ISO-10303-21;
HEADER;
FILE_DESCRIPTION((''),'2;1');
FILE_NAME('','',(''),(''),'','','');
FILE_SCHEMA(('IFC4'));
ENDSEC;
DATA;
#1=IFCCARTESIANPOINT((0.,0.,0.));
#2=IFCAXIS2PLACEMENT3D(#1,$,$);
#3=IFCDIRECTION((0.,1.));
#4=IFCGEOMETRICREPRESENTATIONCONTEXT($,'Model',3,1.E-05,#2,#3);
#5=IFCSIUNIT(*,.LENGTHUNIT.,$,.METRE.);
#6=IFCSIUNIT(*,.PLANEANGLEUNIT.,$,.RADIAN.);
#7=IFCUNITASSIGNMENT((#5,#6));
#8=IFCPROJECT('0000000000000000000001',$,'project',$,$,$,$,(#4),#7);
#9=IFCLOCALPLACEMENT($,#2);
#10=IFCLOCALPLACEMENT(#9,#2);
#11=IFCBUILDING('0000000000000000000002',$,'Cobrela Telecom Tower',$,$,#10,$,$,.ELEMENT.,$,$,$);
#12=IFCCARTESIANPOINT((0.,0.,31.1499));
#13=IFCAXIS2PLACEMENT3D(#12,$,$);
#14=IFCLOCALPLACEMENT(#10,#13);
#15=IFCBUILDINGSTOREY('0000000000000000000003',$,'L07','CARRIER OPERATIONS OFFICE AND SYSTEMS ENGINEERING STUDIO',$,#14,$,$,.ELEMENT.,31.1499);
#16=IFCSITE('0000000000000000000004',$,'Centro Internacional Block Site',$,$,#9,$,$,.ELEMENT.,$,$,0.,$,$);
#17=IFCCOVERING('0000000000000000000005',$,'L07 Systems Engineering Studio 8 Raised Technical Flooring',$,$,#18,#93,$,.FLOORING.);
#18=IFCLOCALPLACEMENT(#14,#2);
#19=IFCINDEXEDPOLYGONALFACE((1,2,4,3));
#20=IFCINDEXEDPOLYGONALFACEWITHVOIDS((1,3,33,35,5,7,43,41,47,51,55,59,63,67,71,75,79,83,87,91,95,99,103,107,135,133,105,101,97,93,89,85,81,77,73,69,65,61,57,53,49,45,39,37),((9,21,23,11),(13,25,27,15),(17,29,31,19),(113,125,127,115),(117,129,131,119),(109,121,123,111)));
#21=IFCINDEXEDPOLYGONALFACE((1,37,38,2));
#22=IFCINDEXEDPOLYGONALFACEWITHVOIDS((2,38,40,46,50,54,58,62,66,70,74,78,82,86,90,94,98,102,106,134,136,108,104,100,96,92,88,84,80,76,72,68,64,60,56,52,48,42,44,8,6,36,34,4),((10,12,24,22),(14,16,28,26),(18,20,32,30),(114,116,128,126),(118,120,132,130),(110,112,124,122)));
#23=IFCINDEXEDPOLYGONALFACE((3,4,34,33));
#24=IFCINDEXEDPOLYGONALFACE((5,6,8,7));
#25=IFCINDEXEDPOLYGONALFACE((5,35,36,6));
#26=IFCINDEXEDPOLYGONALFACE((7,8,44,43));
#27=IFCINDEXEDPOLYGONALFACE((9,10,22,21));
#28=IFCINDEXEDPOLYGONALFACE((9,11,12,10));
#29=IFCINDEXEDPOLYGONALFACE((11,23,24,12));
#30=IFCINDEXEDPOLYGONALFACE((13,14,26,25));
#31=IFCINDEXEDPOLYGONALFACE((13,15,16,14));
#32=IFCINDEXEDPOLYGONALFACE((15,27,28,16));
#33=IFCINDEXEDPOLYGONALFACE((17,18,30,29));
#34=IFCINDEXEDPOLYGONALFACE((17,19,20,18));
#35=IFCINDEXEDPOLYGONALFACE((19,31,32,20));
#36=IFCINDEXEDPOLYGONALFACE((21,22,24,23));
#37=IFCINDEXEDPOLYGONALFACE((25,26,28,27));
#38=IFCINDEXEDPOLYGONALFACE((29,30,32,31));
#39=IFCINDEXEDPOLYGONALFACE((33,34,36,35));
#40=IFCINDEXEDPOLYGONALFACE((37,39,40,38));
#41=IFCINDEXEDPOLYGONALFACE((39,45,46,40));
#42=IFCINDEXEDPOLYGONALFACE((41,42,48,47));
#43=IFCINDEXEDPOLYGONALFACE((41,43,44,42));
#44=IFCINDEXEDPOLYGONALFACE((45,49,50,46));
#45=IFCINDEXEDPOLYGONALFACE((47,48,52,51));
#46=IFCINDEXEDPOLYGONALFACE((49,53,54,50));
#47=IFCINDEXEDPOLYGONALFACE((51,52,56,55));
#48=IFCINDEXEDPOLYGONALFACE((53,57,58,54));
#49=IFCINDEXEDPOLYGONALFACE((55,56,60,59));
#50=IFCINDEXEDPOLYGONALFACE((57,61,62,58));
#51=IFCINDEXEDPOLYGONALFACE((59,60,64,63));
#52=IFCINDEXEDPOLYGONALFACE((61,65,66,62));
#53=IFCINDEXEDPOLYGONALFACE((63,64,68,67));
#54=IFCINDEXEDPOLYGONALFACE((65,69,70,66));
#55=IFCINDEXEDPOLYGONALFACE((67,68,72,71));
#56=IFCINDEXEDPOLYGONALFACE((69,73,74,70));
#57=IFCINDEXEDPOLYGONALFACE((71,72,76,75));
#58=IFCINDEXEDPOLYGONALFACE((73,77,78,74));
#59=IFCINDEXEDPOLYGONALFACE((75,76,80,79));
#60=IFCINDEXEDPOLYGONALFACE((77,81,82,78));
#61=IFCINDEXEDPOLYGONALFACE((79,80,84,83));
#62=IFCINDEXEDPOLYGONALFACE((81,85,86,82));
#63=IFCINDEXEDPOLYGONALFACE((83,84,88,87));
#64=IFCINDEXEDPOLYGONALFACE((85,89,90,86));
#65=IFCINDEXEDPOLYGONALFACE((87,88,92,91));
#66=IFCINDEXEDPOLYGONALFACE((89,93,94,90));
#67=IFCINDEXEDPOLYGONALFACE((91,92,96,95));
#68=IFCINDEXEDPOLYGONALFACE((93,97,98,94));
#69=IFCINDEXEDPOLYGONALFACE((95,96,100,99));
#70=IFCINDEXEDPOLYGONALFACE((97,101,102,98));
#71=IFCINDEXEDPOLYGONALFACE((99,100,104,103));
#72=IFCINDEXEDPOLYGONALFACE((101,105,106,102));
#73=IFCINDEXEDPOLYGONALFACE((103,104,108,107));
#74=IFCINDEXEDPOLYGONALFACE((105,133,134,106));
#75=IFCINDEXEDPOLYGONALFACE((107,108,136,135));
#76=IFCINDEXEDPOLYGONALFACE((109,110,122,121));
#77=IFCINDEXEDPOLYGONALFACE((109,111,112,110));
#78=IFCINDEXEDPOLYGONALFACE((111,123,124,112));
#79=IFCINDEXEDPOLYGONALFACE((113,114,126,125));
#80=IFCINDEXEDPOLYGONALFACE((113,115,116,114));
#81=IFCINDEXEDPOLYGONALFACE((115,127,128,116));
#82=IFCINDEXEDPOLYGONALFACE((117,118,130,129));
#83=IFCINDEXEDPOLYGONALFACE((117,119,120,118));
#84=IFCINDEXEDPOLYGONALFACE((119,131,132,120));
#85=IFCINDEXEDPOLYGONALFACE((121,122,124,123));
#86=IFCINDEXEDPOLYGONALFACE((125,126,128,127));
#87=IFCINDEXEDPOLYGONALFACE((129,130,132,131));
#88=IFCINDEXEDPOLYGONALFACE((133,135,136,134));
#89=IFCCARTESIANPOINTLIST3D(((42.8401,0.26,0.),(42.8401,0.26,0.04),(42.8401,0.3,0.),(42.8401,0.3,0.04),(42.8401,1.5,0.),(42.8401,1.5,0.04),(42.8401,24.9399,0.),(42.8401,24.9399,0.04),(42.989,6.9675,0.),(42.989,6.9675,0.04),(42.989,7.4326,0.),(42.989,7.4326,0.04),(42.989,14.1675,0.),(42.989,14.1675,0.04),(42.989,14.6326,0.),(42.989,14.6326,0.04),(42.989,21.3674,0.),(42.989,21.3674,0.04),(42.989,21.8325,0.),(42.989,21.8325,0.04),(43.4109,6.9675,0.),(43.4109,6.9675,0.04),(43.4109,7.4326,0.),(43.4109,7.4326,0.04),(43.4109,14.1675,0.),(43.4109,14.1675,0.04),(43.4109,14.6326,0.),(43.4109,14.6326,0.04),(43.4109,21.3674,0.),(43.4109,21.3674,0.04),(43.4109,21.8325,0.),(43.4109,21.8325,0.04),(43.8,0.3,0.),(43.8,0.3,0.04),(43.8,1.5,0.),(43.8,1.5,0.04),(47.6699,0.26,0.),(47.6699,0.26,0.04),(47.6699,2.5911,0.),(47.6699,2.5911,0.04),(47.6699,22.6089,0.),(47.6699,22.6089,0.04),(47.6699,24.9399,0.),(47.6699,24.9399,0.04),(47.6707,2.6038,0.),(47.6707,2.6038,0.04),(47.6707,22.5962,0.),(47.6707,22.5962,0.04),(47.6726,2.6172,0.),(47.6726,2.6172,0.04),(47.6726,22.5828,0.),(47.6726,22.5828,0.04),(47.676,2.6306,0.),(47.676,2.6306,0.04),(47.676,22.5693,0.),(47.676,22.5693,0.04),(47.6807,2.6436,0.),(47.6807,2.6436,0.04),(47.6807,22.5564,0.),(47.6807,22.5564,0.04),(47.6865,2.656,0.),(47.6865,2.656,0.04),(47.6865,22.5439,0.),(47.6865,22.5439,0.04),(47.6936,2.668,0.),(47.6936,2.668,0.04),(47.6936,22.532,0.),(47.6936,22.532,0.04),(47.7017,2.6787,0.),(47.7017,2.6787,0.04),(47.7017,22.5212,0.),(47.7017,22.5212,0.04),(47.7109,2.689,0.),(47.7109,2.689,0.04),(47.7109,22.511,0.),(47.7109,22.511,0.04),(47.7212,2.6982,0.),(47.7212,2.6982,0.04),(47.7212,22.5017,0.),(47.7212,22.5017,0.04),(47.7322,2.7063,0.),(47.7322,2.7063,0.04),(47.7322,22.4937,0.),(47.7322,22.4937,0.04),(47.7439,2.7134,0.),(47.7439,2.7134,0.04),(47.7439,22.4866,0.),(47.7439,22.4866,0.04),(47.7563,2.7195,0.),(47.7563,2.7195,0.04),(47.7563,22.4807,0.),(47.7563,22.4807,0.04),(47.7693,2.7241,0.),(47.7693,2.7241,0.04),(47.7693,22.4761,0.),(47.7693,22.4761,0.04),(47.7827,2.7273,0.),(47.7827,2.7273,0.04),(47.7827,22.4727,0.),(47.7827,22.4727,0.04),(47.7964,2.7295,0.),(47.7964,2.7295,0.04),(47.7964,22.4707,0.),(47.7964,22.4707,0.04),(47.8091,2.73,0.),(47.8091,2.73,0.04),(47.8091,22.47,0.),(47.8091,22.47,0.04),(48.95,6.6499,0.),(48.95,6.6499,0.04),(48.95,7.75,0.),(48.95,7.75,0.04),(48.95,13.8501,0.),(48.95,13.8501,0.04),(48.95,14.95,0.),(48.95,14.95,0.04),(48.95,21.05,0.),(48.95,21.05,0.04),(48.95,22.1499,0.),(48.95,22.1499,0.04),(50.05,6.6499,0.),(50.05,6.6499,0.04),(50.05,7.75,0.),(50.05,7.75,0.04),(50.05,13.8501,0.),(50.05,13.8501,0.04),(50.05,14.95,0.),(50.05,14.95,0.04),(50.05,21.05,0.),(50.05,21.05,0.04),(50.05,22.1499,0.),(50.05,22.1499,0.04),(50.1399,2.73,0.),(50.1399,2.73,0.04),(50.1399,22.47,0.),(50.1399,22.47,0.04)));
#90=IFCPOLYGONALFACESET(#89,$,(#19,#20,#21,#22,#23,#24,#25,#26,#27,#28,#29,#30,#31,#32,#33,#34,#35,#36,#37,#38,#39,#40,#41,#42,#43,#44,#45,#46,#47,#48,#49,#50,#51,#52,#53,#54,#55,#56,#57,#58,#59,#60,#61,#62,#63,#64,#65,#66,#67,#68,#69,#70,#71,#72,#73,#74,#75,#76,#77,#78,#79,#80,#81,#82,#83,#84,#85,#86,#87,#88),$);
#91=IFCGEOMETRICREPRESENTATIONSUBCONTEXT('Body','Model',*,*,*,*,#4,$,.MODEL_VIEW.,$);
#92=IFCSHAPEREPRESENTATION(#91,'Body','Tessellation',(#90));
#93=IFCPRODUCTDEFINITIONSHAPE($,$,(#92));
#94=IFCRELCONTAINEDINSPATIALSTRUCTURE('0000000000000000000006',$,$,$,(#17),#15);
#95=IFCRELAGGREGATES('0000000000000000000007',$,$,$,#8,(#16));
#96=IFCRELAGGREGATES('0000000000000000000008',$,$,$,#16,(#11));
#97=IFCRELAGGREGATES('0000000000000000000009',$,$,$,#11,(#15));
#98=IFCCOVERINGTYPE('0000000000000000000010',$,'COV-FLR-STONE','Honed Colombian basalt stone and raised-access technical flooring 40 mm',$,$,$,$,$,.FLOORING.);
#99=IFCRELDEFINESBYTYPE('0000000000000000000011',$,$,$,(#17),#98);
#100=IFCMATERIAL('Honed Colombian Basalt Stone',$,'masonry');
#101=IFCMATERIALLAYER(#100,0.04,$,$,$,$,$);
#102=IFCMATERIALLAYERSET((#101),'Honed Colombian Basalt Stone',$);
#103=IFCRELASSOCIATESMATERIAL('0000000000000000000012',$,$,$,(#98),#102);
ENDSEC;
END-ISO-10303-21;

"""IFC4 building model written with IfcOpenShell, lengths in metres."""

from ifc_helpers import new_model, si_unit, direction, frame, origin, place, context, subcontext, project, spatial, polyline, outline, extrude, material, layer, layer_set, type_object, element, save


model = new_model("IFC4")

# Units and contexts
model_context = context("Model", 3, precision=1e-05, world=origin(), true_north=direction((0.0, 1.0)))
body_context = subcontext(model_context, "Body", "Model", "MODEL_VIEW")
ifc_project = project(units=[si_unit("LENGTHUNIT", "METRE"), si_unit("PLANEANGLEUNIT", "RADIAN")], contexts=[model_context])

# Site, building, storey
site_placement = place(None, origin())
site = spatial("IfcSite", under=ifc_project, at=site_placement, Name="Centro Internacional Block Site", CompositionType="ELEMENT", RefElevation=0.0)
building_placement = place(site_placement, origin())
building = spatial("IfcBuilding", under=site, at=building_placement, Name="Cobrela Telecom Tower", CompositionType="ELEMENT")
storey_placement = place(building_placement, frame((0.0, 0.0, 31.1499)))
storey = spatial("IfcBuildingStorey", under=building, at=storey_placement, Name="L07", Description="CARRIER OPERATIONS OFFICE AND SYSTEMS ENGINEERING STUDIO", CompositionType="ELEMENT", Elevation=31.1499)

# Covering
ifc_material_1 = material(Name="Honed Colombian Basalt Stone", Category="masonry")
ifc_layer_1 = layer(ifc_material_1, 0.04)
ifc_layer_set_1 = layer_set([ifc_layer_1], Name="Honed Colombian Basalt Stone")
covering_type_1 = type_object("IfcCoveringType", Name="COV-FLR-STONE", Description="Honed Colombian basalt stone and raised-access technical flooring 40 mm", PredefinedType="FLOORING", material=ifc_layer_set_1)
covering_1_placement = place(storey_placement, origin())
element("IfcCovering", 1, at=covering_1_placement, inside=storey, type_object=covering_type_1, Name="L07 Systems Engineering Studio 8 Raised Technical Flooring", PredefinedType="FLOORING", context=body_context, shape_type="SweptSolid", body=[
    extrude(outline(polyline([(47.7827, 2.7273), (47.7693, 2.7241), (47.7563, 2.7195), (47.7439, 2.7134), (47.7322, 2.7063), (47.7212, 2.6982), (47.7109, 2.689), (47.7017, 2.6787), (47.6936, 2.668), (47.6865, 2.656), (47.6807, 2.6436), (47.676, 2.6306), (47.6726, 2.6172), (47.6707, 2.6038), (47.6699, 2.5911), (47.6699, 0.26), (42.8401, 0.26), (42.8401, 0.3), (43.8, 0.3), (43.8, 1.5), (42.8401, 1.5), (42.8401, 24.9399), (47.6699, 24.9399), (47.6699, 22.6089), (47.6707, 22.5962), (47.6726, 22.5828), (47.676, 22.5693), (47.6807, 22.5564), (47.6865, 22.5439), (47.6936, 22.532), (47.7017, 22.5212), (47.7109, 22.511), (47.7212, 22.5017), (47.7322, 22.4937), (47.7439, 22.4866), (47.7563, 22.4807), (47.7693, 22.4761), (47.7827, 22.4727), (47.7964, 22.4707), (47.8091, 22.47), (50.1399, 22.47), (50.1399, 2.73), (47.8091, 2.73), (47.7964, 2.7295), (47.7827, 2.7273)]), holes=[polyline([(43.4109, 6.9675), (43.4109, 7.4326), (42.989, 7.4326), (42.989, 6.9675), (43.4109, 6.9675)]), polyline([(50.05, 6.6499), (50.05, 7.75), (48.95, 7.75), (48.95, 6.6499), (50.05, 6.6499)]), polyline([(43.4109, 14.1675), (43.4109, 14.6326), (42.989, 14.6326), (42.989, 14.1675), (43.4109, 14.1675)]), polyline([(50.05, 13.8501), (50.05, 14.95), (48.95, 14.95), (48.95, 13.8501), (50.05, 13.8501)]), polyline([(43.4109, 21.3674), (43.4109, 21.8325), (42.989, 21.8325), (42.989, 21.3674), (43.4109, 21.3674)]), polyline([(50.05, 21.05), (50.05, 22.1499), (48.95, 22.1499), (48.95, 21.05), (50.05, 21.05)])]), origin(), (0.0, 0.0, 1.0), 0.04),
])

save(model, "model.ifc")
